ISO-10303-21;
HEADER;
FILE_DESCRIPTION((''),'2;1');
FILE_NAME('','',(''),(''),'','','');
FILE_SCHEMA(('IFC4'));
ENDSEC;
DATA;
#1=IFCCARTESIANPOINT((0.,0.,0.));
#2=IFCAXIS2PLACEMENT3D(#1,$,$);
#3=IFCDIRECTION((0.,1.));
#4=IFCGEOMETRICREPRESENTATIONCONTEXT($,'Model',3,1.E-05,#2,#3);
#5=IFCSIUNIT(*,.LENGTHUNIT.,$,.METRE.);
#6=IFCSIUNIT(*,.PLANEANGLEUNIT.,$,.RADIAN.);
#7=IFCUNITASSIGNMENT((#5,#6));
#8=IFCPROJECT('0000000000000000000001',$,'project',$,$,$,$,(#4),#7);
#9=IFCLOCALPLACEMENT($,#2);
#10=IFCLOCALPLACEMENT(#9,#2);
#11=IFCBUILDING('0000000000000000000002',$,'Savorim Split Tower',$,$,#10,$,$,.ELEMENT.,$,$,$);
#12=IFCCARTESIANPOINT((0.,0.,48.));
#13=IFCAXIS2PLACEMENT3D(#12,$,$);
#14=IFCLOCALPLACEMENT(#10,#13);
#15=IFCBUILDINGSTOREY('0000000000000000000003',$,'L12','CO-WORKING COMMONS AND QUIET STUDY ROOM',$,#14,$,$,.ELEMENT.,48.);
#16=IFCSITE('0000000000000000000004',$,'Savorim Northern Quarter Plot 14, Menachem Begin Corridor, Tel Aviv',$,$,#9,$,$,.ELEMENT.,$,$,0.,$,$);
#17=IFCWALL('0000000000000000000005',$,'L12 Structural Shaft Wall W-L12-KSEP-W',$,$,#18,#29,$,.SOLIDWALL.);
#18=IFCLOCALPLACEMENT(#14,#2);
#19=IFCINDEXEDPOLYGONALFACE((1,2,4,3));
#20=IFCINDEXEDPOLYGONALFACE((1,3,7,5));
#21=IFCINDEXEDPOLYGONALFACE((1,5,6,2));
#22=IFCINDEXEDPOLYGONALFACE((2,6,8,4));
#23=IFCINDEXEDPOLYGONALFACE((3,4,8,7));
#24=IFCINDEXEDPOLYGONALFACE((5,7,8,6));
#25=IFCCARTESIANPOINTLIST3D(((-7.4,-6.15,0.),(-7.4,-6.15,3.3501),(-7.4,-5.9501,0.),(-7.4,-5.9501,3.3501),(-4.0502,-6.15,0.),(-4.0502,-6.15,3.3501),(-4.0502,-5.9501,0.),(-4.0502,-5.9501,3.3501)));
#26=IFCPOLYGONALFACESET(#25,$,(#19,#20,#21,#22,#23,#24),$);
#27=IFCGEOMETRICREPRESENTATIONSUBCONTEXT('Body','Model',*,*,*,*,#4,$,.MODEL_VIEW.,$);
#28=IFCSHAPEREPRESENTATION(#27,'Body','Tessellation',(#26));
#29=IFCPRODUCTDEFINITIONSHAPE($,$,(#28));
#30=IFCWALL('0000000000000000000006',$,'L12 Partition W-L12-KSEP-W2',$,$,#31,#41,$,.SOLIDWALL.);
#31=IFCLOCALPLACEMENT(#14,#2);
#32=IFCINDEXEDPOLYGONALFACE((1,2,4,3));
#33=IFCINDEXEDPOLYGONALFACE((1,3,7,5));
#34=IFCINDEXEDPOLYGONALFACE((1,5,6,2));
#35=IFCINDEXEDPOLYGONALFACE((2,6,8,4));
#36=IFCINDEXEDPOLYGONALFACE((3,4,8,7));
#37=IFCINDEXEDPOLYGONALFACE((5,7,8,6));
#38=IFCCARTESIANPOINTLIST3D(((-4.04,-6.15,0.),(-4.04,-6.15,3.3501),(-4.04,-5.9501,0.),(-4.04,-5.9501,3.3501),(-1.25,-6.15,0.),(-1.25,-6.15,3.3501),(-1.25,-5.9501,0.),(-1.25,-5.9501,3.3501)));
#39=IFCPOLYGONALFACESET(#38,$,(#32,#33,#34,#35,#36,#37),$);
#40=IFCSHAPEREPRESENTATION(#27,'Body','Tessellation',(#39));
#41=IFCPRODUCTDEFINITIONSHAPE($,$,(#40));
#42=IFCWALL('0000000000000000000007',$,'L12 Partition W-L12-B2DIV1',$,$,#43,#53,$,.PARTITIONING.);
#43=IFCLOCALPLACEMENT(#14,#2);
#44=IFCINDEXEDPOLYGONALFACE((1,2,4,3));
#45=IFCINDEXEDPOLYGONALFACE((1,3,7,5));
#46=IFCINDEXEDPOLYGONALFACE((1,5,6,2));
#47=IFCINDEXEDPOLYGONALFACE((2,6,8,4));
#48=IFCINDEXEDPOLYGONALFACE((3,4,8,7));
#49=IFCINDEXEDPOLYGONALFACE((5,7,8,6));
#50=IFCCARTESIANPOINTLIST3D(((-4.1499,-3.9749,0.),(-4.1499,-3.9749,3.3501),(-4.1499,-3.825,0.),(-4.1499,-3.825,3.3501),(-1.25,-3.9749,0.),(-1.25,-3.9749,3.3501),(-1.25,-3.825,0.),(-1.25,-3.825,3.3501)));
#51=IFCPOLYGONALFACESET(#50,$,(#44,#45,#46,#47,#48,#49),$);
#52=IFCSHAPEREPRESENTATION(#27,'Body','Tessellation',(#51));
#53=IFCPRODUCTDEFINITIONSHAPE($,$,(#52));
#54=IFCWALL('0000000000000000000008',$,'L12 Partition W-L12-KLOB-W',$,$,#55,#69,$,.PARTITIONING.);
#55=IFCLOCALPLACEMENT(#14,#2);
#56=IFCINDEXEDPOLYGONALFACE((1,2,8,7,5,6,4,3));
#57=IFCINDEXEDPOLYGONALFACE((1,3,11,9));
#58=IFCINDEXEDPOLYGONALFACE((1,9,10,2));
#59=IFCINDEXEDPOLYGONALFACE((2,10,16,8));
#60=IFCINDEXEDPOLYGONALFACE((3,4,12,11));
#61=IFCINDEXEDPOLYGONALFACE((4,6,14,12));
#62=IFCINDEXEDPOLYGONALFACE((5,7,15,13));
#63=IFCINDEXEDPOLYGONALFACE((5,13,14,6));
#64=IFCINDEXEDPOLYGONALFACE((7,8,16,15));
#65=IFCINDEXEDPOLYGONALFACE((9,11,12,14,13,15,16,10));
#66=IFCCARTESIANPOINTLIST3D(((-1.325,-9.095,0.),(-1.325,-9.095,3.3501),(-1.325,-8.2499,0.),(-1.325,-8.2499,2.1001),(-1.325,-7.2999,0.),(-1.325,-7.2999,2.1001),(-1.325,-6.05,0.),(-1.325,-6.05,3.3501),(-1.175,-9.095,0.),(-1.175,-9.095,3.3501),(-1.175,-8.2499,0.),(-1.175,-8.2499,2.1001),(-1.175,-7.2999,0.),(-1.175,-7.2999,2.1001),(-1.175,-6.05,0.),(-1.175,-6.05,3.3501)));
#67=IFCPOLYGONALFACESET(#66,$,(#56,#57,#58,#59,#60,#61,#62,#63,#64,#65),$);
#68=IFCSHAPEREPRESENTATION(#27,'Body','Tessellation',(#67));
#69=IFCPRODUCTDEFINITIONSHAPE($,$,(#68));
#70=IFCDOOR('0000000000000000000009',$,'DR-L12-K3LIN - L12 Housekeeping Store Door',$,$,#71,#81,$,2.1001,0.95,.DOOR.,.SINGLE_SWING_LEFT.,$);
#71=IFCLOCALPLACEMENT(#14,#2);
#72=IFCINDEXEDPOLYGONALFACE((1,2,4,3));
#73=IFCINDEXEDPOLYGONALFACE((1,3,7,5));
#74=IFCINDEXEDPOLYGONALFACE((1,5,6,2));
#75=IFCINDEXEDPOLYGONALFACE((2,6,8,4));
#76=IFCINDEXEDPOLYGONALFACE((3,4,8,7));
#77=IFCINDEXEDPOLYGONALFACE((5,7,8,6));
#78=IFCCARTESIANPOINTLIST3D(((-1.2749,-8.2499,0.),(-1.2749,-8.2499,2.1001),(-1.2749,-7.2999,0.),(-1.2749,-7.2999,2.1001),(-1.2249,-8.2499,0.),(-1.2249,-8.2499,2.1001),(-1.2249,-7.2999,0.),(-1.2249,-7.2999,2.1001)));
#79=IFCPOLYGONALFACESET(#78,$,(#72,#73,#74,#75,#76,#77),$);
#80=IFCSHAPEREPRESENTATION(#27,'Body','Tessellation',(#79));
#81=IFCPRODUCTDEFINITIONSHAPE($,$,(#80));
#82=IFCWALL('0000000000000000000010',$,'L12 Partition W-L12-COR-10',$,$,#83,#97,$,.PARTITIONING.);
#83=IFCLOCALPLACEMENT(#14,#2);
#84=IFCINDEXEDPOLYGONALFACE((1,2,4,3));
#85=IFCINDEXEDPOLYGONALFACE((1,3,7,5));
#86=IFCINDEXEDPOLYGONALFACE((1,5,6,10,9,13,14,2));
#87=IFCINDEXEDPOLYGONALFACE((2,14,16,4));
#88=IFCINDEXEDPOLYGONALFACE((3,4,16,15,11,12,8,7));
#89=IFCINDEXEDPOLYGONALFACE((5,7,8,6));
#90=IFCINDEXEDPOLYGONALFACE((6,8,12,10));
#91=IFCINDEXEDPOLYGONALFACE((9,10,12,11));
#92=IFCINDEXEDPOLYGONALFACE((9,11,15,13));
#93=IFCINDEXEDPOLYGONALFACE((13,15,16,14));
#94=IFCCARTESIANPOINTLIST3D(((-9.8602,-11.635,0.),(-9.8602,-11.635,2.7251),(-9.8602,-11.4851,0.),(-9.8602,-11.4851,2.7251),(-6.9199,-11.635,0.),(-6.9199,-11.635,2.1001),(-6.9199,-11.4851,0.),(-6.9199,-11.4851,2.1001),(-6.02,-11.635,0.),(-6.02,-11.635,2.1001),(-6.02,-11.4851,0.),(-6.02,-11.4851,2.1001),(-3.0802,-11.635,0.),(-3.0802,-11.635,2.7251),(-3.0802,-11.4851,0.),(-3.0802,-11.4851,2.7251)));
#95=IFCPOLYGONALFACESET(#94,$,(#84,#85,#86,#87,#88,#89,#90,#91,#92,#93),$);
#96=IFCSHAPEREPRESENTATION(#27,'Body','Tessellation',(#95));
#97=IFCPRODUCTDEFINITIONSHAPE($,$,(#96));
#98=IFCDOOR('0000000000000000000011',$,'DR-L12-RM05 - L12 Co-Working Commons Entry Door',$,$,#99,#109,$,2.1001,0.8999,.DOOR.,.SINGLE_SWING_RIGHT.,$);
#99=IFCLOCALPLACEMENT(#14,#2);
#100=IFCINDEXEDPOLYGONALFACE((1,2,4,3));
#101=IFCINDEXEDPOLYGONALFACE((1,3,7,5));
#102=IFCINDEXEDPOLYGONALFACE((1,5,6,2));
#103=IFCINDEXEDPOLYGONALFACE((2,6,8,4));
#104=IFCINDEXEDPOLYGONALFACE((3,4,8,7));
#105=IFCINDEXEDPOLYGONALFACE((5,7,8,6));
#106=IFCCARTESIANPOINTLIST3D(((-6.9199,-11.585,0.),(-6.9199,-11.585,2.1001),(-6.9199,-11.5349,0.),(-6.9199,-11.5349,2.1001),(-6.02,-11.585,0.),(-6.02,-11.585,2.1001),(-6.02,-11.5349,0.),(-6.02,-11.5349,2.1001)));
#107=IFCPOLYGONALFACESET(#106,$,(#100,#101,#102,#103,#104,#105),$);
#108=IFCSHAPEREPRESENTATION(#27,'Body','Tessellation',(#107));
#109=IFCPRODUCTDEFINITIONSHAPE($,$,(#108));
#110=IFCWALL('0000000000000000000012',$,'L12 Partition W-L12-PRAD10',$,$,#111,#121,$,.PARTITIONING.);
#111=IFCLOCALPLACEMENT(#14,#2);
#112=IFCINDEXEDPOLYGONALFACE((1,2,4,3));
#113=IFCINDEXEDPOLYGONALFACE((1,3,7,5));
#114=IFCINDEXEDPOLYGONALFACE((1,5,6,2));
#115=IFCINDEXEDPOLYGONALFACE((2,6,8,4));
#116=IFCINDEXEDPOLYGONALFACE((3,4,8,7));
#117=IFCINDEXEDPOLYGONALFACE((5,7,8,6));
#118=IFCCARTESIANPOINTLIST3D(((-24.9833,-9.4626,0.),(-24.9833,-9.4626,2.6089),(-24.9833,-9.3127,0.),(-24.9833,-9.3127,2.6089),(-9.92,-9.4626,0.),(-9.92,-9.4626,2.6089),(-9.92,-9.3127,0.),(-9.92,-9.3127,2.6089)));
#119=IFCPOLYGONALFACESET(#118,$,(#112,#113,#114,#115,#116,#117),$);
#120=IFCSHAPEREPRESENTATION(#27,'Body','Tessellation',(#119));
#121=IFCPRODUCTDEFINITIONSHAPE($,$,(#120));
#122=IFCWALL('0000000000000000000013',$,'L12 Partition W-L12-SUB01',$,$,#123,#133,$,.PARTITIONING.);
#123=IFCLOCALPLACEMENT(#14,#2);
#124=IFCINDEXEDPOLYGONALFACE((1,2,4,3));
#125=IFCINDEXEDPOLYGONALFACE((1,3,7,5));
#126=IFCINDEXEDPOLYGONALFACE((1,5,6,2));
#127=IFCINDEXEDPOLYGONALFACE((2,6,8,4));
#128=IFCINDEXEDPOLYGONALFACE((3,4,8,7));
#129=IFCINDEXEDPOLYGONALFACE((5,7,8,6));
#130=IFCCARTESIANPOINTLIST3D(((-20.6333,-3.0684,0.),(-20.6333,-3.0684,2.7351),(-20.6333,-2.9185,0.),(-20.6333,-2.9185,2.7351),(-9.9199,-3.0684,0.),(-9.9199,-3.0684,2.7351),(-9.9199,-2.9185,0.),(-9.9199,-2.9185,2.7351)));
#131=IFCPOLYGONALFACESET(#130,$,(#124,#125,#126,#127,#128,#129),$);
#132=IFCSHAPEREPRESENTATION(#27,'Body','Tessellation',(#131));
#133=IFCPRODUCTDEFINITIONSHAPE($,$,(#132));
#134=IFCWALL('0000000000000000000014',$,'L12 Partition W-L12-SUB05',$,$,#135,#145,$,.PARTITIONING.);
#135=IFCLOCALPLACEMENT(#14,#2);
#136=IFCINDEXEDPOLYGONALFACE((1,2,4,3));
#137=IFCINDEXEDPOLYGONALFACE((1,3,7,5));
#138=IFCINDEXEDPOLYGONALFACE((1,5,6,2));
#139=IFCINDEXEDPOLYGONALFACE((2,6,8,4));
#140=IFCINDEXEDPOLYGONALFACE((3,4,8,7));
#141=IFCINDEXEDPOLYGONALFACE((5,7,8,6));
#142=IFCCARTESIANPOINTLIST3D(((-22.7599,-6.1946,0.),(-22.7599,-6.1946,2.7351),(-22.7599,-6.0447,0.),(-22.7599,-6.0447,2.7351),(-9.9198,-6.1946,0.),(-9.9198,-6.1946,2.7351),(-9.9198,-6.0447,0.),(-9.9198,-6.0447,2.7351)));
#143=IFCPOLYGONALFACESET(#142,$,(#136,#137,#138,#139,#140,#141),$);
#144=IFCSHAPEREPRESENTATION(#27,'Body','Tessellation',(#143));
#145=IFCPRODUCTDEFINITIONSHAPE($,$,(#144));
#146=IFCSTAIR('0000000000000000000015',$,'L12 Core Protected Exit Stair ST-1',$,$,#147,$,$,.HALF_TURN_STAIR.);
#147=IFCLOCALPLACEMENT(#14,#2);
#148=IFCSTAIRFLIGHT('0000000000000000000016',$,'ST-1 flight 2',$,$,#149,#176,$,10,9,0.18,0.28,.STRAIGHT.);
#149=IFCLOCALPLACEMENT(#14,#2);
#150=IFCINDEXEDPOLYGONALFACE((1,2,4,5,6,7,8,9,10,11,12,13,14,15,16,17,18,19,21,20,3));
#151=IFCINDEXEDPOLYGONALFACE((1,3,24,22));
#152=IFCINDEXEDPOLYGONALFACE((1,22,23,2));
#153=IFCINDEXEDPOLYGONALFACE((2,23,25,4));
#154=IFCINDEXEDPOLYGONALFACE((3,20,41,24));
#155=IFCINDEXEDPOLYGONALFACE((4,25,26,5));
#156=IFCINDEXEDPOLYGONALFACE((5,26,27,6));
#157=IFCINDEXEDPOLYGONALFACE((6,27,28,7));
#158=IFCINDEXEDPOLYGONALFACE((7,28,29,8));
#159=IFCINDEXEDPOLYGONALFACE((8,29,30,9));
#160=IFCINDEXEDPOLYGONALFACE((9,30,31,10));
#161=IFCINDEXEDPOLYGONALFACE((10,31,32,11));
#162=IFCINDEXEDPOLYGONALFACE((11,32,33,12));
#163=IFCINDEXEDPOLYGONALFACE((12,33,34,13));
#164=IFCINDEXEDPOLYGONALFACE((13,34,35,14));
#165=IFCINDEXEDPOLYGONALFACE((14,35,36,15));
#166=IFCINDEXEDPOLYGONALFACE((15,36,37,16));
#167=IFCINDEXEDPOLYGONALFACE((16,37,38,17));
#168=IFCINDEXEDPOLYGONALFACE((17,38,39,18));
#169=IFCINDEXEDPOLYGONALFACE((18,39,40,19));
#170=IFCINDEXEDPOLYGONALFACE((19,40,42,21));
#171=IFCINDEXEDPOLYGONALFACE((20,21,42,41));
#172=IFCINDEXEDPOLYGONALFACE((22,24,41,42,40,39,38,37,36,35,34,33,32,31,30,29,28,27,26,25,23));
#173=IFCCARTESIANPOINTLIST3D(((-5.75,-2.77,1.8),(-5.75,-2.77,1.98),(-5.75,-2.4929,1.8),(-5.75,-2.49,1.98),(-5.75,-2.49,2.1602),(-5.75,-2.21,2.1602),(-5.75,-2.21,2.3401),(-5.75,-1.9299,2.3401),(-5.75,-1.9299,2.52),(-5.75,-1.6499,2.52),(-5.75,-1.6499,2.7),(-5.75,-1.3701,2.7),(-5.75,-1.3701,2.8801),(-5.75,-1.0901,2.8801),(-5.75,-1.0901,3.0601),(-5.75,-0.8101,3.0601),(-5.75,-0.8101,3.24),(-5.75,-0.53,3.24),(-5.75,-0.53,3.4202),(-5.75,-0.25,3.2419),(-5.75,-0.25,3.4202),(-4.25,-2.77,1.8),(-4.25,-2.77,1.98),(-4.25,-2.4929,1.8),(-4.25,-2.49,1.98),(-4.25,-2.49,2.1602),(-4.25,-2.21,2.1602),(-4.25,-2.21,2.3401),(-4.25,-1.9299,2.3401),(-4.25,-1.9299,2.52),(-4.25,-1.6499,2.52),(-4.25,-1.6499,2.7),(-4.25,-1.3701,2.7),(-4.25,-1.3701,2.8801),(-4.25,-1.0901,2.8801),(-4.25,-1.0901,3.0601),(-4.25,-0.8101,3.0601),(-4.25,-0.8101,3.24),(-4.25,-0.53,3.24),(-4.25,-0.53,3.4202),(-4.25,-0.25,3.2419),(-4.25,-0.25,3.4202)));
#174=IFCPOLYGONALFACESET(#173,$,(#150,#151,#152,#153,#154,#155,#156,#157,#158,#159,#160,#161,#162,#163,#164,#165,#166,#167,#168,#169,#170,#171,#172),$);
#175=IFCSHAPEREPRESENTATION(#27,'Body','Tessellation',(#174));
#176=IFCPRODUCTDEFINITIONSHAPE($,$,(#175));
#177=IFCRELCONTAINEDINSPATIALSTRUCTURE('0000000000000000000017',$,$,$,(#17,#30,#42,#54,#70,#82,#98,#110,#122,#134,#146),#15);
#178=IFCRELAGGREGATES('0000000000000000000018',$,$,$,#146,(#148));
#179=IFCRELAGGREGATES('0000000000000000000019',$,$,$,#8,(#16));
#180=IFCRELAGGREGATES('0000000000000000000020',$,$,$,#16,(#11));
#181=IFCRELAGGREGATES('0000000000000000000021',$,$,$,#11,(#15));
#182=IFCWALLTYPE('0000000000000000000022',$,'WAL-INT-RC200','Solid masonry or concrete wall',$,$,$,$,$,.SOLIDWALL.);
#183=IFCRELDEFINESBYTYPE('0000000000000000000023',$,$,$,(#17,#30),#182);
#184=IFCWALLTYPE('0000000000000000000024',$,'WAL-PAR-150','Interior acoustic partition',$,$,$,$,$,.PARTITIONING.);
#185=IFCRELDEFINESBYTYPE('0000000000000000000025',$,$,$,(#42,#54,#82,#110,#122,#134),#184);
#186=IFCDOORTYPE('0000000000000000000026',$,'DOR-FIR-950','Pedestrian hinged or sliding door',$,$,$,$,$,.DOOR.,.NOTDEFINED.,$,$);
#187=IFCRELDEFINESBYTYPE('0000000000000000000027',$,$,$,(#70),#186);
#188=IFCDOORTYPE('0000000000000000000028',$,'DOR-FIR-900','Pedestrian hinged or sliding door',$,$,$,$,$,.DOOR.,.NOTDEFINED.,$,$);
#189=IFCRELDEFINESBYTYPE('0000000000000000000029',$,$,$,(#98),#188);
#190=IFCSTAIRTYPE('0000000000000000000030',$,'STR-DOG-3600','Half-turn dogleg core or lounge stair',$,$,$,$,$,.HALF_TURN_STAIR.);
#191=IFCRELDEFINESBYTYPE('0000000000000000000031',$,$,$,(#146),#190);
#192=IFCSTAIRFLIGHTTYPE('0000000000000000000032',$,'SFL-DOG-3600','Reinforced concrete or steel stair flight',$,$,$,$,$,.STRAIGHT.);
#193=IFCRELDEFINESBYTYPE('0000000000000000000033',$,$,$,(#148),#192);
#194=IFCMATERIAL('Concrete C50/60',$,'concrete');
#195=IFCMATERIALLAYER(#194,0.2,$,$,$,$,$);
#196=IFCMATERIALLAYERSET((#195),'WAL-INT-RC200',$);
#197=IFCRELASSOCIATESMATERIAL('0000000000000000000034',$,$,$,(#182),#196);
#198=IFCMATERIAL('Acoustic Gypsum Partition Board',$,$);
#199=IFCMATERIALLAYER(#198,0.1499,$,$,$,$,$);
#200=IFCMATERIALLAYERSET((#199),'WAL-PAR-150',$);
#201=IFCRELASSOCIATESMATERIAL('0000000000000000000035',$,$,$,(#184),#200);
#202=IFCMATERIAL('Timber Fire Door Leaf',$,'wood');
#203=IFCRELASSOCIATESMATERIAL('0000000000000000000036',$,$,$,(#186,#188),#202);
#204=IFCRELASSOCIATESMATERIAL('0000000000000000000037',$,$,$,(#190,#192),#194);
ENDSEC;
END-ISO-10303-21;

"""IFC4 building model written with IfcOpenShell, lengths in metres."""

from ifc_helpers import new_model, si_unit, direction, frame, frame_2d, origin, place, context, subcontext, project, spatial, polyline, rectangle, outline, extrude, material, layer, layer_set, type_object, element, fill, aggregate, save


model = new_model("IFC4")

# Units and contexts
model_context = context("Model", 3, precision=1e-05, world=origin(), true_north=direction((0.0, 1.0)))
body_context = subcontext(model_context, "Body", "Model", "MODEL_VIEW")
ifc_project = project(units=[si_unit("LENGTHUNIT", "METRE"), si_unit("PLANEANGLEUNIT", "RADIAN")], contexts=[model_context])

# Site, building, storey
site_placement = place(None, origin())
site = spatial("IfcSite", under=ifc_project, at=site_placement, Name="Savorim Northern Quarter Plot 14, Menachem Begin Corridor, Tel Aviv", CompositionType="ELEMENT", RefElevation=0.0)
building_placement = place(site_placement, origin())
building = spatial("IfcBuilding", under=site, at=building_placement, Name="Savorim Split Tower", CompositionType="ELEMENT")
storey_placement = place(building_placement, frame((0.0, 0.0, 48.0)))
storey = spatial("IfcBuildingStorey", under=building, at=storey_placement, Name="L12", Description="CO-WORKING COMMONS AND QUIET STUDY ROOM", CompositionType="ELEMENT", Elevation=48.0)

# Shared definitions
ifc_material_1 = material(Name="Timber Fire Door Leaf", Category="wood")

# Walls
ifc_material_2 = material(Name="Concrete C50/60", Category="concrete")
ifc_layer_1 = layer(ifc_material_2, 0.2)
ifc_layer_set_1 = layer_set([ifc_layer_1], Name="WAL-INT-RC200")
wall_type_1 = type_object("IfcWallType", Name="WAL-INT-RC200", Description="Solid masonry or concrete wall", PredefinedType="SOLIDWALL", material=ifc_layer_set_1)
wall_1_placement = place(storey_placement, frame((-7.3999, -6.05, 0.0), z_axis=(0.0, 0.0, 1.0), x_axis=(1.0, 0.0, 0.0)))
element("IfcWall", 1, at=wall_1_placement, inside=storey, type_object=wall_type_1, Name="L12 Structural Shaft Wall W-L12-KSEP-W", PredefinedType="SOLIDWALL", context=body_context, shape_type="SweptSolid", body=[
    extrude(rectangle(XDim=3.3499, YDim=0.2, at=frame_2d((1.6748, 0.0))), origin(), (0.0, 0.0, 1.0), 3.3501),
])
wall_2_placement = place(storey_placement, frame((-4.04, -6.05, 0.0), z_axis=(0.0, 0.0, 1.0), x_axis=(1.0, 0.0, 0.0)))
element("IfcWall", 2, at=wall_2_placement, inside=storey, type_object=wall_type_1, Name="L12 Partition W-L12-KSEP-W2", PredefinedType="SOLIDWALL", context=body_context, shape_type="SweptSolid", body=[
    extrude(rectangle(XDim=2.79, YDim=0.2, at=frame_2d((1.395, 0.0))), origin(), (0.0, 0.0, 1.0), 3.3501),
])
ifc_material_3 = material(Name="Acoustic Gypsum Partition Board")
ifc_layer_2 = layer(ifc_material_3, 0.1499)
ifc_layer_set_2 = layer_set([ifc_layer_2], Name="WAL-PAR-150")
wall_type_2 = type_object("IfcWallType", Name="WAL-PAR-150", Description="Interior acoustic partition", PredefinedType="PARTITIONING", material=ifc_layer_set_2)
wall_3_placement = place(storey_placement, frame((-4.1499, -3.8999, 0.0), z_axis=(0.0, 0.0, 1.0), x_axis=(1.0, 0.0, 0.0)))
element("IfcWall", 3, at=wall_3_placement, inside=storey, type_object=wall_type_2, Name="L12 Partition W-L12-B2DIV1", PredefinedType="PARTITIONING", context=body_context, shape_type="SweptSolid", body=[
    extrude(rectangle(XDim=2.8999, YDim=0.1499, at=frame_2d((1.45, 0.0))), origin(), (0.0, 0.0, 1.0), 3.3501),
])

# Walls, openings, doors
wall_4_placement = place(storey_placement, frame((-1.25, -9.095, 0.0), z_axis=(0.0, 0.0, 1.0), x_axis=(0.0, 1.0, 0.0)))
wall_4 = element("IfcWall", 4, at=wall_4_placement, inside=storey, type_object=wall_type_2, Name="L12 Partition W-L12-KLOB-W", PredefinedType="PARTITIONING", context=body_context, shape_type="SweptSolid", body=[
    extrude(rectangle(XDim=3.0449, YDim=0.1499, at=frame_2d((1.5225, 0.0))), origin(), (0.0, 0.0, 1.0), 3.3501),
])
opening_1_placement = place(wall_4_placement, frame((0.845, 0.0, 0.0)))
opening_1 = element("IfcOpeningElement", 5, at=opening_1_placement, cuts=wall_4, PredefinedType="OPENING", context=body_context, shape_type="SweptSolid", body=[
    extrude(rectangle(XDim=0.95, YDim=2.1001, at=frame_2d((0.4751, 1.05))), frame((0.0, 0.085, 0.0), z_axis=(0.0, -1.0, 0.0), x_axis=(1.0, 0.0, 0.0)), (0.0, 0.0, 1.0), 0.1699),
])
door_type_1 = type_object("IfcDoorType", Name="DOR-FIR-950", Description="Pedestrian hinged or sliding door", OperationType="NOTDEFINED", PredefinedType="DOOR", material=ifc_material_1)
door_1_placement = place(opening_1_placement, origin())
door_1 = element("IfcDoor", 6, at=door_1_placement, inside=storey, type_object=door_type_1, Name="DR-L12-K3LIN - L12 Housekeeping Store Door", OperationType="SINGLE_SWING_LEFT", OverallHeight=2.1001, OverallWidth=0.95, PredefinedType="DOOR", context=body_context, shape_type="SweptSolid", body=[
    extrude(rectangle(XDim=0.95, YDim=2.1001, at=frame_2d((0.4751, 1.05))), frame((0.0, 0.0249, 0.0), z_axis=(0.0, -1.0, 0.0), x_axis=(1.0, 0.0, 0.0)), (0.0, 0.0, 1.0), 0.05),
])
fill(opening_1, door_1)
wall_5_placement = place(storey_placement, frame((-3.0801, -11.5601, 0.0), z_axis=(0.0, 0.0, 1.0), x_axis=(-1.0, 0.0, 0.0)))
wall_5 = element("IfcWall", 7, at=wall_5_placement, inside=storey, type_object=wall_type_2, Name="L12 Partition W-L12-COR-10", PredefinedType="PARTITIONING", context=body_context, shape_type="SweptSolid", body=[
    extrude(rectangle(XDim=6.78, YDim=0.1499, at=frame_2d((3.3901, 0.0))), origin(), (0.0, 0.0, 1.0), 2.7251),
])
opening_2_placement = place(wall_5_placement, frame((2.9399, 0.0, 0.0)))
opening_2 = element("IfcOpeningElement", 8, at=opening_2_placement, cuts=wall_5, PredefinedType="OPENING", context=body_context, shape_type="SweptSolid", body=[
    extrude(rectangle(XDim=0.8999, YDim=2.1001, at=frame_2d((0.45, 1.05))), frame((0.0, 0.085, 0.0), z_axis=(0.0, -1.0, 0.0), x_axis=(1.0, 0.0, 0.0)), (0.0, 0.0, 1.0), 0.1699),
])
door_type_2 = type_object("IfcDoorType", Name="DOR-FIR-900", Description="Pedestrian hinged or sliding door", OperationType="NOTDEFINED", PredefinedType="DOOR", material=ifc_material_1)
door_2_placement = place(opening_2_placement, origin())
door_2 = element("IfcDoor", 9, at=door_2_placement, inside=storey, type_object=door_type_2, Name="DR-L12-RM05 - L12 Co-Working Commons Entry Door", OperationType="SINGLE_SWING_RIGHT", OverallHeight=2.1001, OverallWidth=0.8999, PredefinedType="DOOR", context=body_context, shape_type="SweptSolid", body=[
    extrude(rectangle(XDim=0.8999, YDim=2.1001, at=frame_2d((0.45, 1.05))), frame((0.0, 0.0249, 0.0), z_axis=(0.0, -1.0, 0.0), x_axis=(1.0, 0.0, 0.0)), (0.0, 0.0, 1.0), 0.05),
])
fill(opening_2, door_2)

# Walls
wall_6_placement = place(storey_placement, frame((-9.9199, -9.3877, 0.0), z_axis=(0.0, 0.0, 1.0), x_axis=(-1.0, 0.0, 0.0)))
element("IfcWall", 10, at=wall_6_placement, inside=storey, type_object=wall_type_2, Name="L12 Partition W-L12-PRAD10", PredefinedType="PARTITIONING", context=body_context, shape_type="SweptSolid", body=[
    extrude(rectangle(XDim=15.0632, YDim=0.1499, at=frame_2d((7.5317, 0.0))), origin(), (0.0, 0.0, 1.0), 2.6089),
])
wall_7_placement = place(storey_placement, frame((-9.9199, -2.9934, 0.0), z_axis=(0.0, 0.0, 1.0), x_axis=(-1.0, 0.0, 0.0)))
element("IfcWall", 11, at=wall_7_placement, inside=storey, type_object=wall_type_2, Name="L12 Partition W-L12-SUB01", PredefinedType="PARTITIONING", context=body_context, shape_type="SweptSolid", body=[
    extrude(rectangle(XDim=10.7134, YDim=0.1499, at=frame_2d((5.3567, 0.0))), origin(), (0.0, 0.0, 1.0), 2.7351),
])
wall_8_placement = place(storey_placement, frame((-9.9199, -6.1196, 0.0), z_axis=(0.0, 0.0, 1.0), x_axis=(-1.0, 0.0, 0.0)))
element("IfcWall", 12, at=wall_8_placement, inside=storey, type_object=wall_type_2, Name="L12 Partition W-L12-SUB05", PredefinedType="PARTITIONING", context=body_context, shape_type="SweptSolid", body=[
    extrude(rectangle(XDim=12.8401, YDim=0.1499, at=frame_2d((6.4199, 0.0))), origin(), (0.0, 0.0, 1.0), 2.7351),
])

# Stair, stair flight
stair_type = type_object("IfcStairType", Name="STR-DOG-3600", Description="Half-turn dogleg core or lounge stair", PredefinedType="HALF_TURN_STAIR", material=ifc_material_2)
stair_placement = place(storey_placement, origin())
stair = element("IfcStair", 13, at=stair_placement, inside=storey, type_object=stair_type, Name="L12 Core Protected Exit Stair ST-1", PredefinedType="HALF_TURN_STAIR")
stair_flight_type = type_object("IfcStairFlightType", Name="SFL-DOG-3600", Description="Reinforced concrete or steel stair flight", PredefinedType="STRAIGHT", material=ifc_material_2)
stair_flight_placement = place(storey_placement, frame((-5.0, -2.77, 1.8), z_axis=(0.0, 0.0, 1.0), x_axis=(0.0, 1.0, 0.0)))
stair_flight = element("IfcStairFlight", 14, at=stair_flight_placement, type_object=stair_flight_type, Name="ST-1 flight 2", NumberOfRisers=10, NumberOfTreads=9, PredefinedType="STRAIGHT", RiserHeight=0.18, TreadLength=0.28, context=body_context, shape_type="SweptSolid", body=[
    extrude(outline(polyline([(0.0, 0.0), (0.0, 0.1799), (0.28, 0.1799), (0.28, 0.3601), (0.5601, 0.3601), (0.5601, 0.54), (0.8401, 0.54), (0.8401, 0.72), (1.1201, 0.72), (1.1201, 0.8999), (1.3999, 0.8999), (1.3999, 1.0801), (1.6799, 1.0801), (1.6799, 1.26), (1.96, 1.26), (1.96, 1.4399), (2.24, 1.4399), (2.24, 1.6201), (2.52, 1.6201), (2.52, 1.8), (2.52, 1.4419), (0.2771, 0.0), (0.0, 0.0)])), frame((0.0, 0.75, 0.0), z_axis=(0.0, -1.0, 0.0), x_axis=(1.0, 0.0, 0.0)), (0.0, 0.0, 1.0), 1.5),
])
aggregate(stair, [stair_flight])

save(model, "model.ifc")
